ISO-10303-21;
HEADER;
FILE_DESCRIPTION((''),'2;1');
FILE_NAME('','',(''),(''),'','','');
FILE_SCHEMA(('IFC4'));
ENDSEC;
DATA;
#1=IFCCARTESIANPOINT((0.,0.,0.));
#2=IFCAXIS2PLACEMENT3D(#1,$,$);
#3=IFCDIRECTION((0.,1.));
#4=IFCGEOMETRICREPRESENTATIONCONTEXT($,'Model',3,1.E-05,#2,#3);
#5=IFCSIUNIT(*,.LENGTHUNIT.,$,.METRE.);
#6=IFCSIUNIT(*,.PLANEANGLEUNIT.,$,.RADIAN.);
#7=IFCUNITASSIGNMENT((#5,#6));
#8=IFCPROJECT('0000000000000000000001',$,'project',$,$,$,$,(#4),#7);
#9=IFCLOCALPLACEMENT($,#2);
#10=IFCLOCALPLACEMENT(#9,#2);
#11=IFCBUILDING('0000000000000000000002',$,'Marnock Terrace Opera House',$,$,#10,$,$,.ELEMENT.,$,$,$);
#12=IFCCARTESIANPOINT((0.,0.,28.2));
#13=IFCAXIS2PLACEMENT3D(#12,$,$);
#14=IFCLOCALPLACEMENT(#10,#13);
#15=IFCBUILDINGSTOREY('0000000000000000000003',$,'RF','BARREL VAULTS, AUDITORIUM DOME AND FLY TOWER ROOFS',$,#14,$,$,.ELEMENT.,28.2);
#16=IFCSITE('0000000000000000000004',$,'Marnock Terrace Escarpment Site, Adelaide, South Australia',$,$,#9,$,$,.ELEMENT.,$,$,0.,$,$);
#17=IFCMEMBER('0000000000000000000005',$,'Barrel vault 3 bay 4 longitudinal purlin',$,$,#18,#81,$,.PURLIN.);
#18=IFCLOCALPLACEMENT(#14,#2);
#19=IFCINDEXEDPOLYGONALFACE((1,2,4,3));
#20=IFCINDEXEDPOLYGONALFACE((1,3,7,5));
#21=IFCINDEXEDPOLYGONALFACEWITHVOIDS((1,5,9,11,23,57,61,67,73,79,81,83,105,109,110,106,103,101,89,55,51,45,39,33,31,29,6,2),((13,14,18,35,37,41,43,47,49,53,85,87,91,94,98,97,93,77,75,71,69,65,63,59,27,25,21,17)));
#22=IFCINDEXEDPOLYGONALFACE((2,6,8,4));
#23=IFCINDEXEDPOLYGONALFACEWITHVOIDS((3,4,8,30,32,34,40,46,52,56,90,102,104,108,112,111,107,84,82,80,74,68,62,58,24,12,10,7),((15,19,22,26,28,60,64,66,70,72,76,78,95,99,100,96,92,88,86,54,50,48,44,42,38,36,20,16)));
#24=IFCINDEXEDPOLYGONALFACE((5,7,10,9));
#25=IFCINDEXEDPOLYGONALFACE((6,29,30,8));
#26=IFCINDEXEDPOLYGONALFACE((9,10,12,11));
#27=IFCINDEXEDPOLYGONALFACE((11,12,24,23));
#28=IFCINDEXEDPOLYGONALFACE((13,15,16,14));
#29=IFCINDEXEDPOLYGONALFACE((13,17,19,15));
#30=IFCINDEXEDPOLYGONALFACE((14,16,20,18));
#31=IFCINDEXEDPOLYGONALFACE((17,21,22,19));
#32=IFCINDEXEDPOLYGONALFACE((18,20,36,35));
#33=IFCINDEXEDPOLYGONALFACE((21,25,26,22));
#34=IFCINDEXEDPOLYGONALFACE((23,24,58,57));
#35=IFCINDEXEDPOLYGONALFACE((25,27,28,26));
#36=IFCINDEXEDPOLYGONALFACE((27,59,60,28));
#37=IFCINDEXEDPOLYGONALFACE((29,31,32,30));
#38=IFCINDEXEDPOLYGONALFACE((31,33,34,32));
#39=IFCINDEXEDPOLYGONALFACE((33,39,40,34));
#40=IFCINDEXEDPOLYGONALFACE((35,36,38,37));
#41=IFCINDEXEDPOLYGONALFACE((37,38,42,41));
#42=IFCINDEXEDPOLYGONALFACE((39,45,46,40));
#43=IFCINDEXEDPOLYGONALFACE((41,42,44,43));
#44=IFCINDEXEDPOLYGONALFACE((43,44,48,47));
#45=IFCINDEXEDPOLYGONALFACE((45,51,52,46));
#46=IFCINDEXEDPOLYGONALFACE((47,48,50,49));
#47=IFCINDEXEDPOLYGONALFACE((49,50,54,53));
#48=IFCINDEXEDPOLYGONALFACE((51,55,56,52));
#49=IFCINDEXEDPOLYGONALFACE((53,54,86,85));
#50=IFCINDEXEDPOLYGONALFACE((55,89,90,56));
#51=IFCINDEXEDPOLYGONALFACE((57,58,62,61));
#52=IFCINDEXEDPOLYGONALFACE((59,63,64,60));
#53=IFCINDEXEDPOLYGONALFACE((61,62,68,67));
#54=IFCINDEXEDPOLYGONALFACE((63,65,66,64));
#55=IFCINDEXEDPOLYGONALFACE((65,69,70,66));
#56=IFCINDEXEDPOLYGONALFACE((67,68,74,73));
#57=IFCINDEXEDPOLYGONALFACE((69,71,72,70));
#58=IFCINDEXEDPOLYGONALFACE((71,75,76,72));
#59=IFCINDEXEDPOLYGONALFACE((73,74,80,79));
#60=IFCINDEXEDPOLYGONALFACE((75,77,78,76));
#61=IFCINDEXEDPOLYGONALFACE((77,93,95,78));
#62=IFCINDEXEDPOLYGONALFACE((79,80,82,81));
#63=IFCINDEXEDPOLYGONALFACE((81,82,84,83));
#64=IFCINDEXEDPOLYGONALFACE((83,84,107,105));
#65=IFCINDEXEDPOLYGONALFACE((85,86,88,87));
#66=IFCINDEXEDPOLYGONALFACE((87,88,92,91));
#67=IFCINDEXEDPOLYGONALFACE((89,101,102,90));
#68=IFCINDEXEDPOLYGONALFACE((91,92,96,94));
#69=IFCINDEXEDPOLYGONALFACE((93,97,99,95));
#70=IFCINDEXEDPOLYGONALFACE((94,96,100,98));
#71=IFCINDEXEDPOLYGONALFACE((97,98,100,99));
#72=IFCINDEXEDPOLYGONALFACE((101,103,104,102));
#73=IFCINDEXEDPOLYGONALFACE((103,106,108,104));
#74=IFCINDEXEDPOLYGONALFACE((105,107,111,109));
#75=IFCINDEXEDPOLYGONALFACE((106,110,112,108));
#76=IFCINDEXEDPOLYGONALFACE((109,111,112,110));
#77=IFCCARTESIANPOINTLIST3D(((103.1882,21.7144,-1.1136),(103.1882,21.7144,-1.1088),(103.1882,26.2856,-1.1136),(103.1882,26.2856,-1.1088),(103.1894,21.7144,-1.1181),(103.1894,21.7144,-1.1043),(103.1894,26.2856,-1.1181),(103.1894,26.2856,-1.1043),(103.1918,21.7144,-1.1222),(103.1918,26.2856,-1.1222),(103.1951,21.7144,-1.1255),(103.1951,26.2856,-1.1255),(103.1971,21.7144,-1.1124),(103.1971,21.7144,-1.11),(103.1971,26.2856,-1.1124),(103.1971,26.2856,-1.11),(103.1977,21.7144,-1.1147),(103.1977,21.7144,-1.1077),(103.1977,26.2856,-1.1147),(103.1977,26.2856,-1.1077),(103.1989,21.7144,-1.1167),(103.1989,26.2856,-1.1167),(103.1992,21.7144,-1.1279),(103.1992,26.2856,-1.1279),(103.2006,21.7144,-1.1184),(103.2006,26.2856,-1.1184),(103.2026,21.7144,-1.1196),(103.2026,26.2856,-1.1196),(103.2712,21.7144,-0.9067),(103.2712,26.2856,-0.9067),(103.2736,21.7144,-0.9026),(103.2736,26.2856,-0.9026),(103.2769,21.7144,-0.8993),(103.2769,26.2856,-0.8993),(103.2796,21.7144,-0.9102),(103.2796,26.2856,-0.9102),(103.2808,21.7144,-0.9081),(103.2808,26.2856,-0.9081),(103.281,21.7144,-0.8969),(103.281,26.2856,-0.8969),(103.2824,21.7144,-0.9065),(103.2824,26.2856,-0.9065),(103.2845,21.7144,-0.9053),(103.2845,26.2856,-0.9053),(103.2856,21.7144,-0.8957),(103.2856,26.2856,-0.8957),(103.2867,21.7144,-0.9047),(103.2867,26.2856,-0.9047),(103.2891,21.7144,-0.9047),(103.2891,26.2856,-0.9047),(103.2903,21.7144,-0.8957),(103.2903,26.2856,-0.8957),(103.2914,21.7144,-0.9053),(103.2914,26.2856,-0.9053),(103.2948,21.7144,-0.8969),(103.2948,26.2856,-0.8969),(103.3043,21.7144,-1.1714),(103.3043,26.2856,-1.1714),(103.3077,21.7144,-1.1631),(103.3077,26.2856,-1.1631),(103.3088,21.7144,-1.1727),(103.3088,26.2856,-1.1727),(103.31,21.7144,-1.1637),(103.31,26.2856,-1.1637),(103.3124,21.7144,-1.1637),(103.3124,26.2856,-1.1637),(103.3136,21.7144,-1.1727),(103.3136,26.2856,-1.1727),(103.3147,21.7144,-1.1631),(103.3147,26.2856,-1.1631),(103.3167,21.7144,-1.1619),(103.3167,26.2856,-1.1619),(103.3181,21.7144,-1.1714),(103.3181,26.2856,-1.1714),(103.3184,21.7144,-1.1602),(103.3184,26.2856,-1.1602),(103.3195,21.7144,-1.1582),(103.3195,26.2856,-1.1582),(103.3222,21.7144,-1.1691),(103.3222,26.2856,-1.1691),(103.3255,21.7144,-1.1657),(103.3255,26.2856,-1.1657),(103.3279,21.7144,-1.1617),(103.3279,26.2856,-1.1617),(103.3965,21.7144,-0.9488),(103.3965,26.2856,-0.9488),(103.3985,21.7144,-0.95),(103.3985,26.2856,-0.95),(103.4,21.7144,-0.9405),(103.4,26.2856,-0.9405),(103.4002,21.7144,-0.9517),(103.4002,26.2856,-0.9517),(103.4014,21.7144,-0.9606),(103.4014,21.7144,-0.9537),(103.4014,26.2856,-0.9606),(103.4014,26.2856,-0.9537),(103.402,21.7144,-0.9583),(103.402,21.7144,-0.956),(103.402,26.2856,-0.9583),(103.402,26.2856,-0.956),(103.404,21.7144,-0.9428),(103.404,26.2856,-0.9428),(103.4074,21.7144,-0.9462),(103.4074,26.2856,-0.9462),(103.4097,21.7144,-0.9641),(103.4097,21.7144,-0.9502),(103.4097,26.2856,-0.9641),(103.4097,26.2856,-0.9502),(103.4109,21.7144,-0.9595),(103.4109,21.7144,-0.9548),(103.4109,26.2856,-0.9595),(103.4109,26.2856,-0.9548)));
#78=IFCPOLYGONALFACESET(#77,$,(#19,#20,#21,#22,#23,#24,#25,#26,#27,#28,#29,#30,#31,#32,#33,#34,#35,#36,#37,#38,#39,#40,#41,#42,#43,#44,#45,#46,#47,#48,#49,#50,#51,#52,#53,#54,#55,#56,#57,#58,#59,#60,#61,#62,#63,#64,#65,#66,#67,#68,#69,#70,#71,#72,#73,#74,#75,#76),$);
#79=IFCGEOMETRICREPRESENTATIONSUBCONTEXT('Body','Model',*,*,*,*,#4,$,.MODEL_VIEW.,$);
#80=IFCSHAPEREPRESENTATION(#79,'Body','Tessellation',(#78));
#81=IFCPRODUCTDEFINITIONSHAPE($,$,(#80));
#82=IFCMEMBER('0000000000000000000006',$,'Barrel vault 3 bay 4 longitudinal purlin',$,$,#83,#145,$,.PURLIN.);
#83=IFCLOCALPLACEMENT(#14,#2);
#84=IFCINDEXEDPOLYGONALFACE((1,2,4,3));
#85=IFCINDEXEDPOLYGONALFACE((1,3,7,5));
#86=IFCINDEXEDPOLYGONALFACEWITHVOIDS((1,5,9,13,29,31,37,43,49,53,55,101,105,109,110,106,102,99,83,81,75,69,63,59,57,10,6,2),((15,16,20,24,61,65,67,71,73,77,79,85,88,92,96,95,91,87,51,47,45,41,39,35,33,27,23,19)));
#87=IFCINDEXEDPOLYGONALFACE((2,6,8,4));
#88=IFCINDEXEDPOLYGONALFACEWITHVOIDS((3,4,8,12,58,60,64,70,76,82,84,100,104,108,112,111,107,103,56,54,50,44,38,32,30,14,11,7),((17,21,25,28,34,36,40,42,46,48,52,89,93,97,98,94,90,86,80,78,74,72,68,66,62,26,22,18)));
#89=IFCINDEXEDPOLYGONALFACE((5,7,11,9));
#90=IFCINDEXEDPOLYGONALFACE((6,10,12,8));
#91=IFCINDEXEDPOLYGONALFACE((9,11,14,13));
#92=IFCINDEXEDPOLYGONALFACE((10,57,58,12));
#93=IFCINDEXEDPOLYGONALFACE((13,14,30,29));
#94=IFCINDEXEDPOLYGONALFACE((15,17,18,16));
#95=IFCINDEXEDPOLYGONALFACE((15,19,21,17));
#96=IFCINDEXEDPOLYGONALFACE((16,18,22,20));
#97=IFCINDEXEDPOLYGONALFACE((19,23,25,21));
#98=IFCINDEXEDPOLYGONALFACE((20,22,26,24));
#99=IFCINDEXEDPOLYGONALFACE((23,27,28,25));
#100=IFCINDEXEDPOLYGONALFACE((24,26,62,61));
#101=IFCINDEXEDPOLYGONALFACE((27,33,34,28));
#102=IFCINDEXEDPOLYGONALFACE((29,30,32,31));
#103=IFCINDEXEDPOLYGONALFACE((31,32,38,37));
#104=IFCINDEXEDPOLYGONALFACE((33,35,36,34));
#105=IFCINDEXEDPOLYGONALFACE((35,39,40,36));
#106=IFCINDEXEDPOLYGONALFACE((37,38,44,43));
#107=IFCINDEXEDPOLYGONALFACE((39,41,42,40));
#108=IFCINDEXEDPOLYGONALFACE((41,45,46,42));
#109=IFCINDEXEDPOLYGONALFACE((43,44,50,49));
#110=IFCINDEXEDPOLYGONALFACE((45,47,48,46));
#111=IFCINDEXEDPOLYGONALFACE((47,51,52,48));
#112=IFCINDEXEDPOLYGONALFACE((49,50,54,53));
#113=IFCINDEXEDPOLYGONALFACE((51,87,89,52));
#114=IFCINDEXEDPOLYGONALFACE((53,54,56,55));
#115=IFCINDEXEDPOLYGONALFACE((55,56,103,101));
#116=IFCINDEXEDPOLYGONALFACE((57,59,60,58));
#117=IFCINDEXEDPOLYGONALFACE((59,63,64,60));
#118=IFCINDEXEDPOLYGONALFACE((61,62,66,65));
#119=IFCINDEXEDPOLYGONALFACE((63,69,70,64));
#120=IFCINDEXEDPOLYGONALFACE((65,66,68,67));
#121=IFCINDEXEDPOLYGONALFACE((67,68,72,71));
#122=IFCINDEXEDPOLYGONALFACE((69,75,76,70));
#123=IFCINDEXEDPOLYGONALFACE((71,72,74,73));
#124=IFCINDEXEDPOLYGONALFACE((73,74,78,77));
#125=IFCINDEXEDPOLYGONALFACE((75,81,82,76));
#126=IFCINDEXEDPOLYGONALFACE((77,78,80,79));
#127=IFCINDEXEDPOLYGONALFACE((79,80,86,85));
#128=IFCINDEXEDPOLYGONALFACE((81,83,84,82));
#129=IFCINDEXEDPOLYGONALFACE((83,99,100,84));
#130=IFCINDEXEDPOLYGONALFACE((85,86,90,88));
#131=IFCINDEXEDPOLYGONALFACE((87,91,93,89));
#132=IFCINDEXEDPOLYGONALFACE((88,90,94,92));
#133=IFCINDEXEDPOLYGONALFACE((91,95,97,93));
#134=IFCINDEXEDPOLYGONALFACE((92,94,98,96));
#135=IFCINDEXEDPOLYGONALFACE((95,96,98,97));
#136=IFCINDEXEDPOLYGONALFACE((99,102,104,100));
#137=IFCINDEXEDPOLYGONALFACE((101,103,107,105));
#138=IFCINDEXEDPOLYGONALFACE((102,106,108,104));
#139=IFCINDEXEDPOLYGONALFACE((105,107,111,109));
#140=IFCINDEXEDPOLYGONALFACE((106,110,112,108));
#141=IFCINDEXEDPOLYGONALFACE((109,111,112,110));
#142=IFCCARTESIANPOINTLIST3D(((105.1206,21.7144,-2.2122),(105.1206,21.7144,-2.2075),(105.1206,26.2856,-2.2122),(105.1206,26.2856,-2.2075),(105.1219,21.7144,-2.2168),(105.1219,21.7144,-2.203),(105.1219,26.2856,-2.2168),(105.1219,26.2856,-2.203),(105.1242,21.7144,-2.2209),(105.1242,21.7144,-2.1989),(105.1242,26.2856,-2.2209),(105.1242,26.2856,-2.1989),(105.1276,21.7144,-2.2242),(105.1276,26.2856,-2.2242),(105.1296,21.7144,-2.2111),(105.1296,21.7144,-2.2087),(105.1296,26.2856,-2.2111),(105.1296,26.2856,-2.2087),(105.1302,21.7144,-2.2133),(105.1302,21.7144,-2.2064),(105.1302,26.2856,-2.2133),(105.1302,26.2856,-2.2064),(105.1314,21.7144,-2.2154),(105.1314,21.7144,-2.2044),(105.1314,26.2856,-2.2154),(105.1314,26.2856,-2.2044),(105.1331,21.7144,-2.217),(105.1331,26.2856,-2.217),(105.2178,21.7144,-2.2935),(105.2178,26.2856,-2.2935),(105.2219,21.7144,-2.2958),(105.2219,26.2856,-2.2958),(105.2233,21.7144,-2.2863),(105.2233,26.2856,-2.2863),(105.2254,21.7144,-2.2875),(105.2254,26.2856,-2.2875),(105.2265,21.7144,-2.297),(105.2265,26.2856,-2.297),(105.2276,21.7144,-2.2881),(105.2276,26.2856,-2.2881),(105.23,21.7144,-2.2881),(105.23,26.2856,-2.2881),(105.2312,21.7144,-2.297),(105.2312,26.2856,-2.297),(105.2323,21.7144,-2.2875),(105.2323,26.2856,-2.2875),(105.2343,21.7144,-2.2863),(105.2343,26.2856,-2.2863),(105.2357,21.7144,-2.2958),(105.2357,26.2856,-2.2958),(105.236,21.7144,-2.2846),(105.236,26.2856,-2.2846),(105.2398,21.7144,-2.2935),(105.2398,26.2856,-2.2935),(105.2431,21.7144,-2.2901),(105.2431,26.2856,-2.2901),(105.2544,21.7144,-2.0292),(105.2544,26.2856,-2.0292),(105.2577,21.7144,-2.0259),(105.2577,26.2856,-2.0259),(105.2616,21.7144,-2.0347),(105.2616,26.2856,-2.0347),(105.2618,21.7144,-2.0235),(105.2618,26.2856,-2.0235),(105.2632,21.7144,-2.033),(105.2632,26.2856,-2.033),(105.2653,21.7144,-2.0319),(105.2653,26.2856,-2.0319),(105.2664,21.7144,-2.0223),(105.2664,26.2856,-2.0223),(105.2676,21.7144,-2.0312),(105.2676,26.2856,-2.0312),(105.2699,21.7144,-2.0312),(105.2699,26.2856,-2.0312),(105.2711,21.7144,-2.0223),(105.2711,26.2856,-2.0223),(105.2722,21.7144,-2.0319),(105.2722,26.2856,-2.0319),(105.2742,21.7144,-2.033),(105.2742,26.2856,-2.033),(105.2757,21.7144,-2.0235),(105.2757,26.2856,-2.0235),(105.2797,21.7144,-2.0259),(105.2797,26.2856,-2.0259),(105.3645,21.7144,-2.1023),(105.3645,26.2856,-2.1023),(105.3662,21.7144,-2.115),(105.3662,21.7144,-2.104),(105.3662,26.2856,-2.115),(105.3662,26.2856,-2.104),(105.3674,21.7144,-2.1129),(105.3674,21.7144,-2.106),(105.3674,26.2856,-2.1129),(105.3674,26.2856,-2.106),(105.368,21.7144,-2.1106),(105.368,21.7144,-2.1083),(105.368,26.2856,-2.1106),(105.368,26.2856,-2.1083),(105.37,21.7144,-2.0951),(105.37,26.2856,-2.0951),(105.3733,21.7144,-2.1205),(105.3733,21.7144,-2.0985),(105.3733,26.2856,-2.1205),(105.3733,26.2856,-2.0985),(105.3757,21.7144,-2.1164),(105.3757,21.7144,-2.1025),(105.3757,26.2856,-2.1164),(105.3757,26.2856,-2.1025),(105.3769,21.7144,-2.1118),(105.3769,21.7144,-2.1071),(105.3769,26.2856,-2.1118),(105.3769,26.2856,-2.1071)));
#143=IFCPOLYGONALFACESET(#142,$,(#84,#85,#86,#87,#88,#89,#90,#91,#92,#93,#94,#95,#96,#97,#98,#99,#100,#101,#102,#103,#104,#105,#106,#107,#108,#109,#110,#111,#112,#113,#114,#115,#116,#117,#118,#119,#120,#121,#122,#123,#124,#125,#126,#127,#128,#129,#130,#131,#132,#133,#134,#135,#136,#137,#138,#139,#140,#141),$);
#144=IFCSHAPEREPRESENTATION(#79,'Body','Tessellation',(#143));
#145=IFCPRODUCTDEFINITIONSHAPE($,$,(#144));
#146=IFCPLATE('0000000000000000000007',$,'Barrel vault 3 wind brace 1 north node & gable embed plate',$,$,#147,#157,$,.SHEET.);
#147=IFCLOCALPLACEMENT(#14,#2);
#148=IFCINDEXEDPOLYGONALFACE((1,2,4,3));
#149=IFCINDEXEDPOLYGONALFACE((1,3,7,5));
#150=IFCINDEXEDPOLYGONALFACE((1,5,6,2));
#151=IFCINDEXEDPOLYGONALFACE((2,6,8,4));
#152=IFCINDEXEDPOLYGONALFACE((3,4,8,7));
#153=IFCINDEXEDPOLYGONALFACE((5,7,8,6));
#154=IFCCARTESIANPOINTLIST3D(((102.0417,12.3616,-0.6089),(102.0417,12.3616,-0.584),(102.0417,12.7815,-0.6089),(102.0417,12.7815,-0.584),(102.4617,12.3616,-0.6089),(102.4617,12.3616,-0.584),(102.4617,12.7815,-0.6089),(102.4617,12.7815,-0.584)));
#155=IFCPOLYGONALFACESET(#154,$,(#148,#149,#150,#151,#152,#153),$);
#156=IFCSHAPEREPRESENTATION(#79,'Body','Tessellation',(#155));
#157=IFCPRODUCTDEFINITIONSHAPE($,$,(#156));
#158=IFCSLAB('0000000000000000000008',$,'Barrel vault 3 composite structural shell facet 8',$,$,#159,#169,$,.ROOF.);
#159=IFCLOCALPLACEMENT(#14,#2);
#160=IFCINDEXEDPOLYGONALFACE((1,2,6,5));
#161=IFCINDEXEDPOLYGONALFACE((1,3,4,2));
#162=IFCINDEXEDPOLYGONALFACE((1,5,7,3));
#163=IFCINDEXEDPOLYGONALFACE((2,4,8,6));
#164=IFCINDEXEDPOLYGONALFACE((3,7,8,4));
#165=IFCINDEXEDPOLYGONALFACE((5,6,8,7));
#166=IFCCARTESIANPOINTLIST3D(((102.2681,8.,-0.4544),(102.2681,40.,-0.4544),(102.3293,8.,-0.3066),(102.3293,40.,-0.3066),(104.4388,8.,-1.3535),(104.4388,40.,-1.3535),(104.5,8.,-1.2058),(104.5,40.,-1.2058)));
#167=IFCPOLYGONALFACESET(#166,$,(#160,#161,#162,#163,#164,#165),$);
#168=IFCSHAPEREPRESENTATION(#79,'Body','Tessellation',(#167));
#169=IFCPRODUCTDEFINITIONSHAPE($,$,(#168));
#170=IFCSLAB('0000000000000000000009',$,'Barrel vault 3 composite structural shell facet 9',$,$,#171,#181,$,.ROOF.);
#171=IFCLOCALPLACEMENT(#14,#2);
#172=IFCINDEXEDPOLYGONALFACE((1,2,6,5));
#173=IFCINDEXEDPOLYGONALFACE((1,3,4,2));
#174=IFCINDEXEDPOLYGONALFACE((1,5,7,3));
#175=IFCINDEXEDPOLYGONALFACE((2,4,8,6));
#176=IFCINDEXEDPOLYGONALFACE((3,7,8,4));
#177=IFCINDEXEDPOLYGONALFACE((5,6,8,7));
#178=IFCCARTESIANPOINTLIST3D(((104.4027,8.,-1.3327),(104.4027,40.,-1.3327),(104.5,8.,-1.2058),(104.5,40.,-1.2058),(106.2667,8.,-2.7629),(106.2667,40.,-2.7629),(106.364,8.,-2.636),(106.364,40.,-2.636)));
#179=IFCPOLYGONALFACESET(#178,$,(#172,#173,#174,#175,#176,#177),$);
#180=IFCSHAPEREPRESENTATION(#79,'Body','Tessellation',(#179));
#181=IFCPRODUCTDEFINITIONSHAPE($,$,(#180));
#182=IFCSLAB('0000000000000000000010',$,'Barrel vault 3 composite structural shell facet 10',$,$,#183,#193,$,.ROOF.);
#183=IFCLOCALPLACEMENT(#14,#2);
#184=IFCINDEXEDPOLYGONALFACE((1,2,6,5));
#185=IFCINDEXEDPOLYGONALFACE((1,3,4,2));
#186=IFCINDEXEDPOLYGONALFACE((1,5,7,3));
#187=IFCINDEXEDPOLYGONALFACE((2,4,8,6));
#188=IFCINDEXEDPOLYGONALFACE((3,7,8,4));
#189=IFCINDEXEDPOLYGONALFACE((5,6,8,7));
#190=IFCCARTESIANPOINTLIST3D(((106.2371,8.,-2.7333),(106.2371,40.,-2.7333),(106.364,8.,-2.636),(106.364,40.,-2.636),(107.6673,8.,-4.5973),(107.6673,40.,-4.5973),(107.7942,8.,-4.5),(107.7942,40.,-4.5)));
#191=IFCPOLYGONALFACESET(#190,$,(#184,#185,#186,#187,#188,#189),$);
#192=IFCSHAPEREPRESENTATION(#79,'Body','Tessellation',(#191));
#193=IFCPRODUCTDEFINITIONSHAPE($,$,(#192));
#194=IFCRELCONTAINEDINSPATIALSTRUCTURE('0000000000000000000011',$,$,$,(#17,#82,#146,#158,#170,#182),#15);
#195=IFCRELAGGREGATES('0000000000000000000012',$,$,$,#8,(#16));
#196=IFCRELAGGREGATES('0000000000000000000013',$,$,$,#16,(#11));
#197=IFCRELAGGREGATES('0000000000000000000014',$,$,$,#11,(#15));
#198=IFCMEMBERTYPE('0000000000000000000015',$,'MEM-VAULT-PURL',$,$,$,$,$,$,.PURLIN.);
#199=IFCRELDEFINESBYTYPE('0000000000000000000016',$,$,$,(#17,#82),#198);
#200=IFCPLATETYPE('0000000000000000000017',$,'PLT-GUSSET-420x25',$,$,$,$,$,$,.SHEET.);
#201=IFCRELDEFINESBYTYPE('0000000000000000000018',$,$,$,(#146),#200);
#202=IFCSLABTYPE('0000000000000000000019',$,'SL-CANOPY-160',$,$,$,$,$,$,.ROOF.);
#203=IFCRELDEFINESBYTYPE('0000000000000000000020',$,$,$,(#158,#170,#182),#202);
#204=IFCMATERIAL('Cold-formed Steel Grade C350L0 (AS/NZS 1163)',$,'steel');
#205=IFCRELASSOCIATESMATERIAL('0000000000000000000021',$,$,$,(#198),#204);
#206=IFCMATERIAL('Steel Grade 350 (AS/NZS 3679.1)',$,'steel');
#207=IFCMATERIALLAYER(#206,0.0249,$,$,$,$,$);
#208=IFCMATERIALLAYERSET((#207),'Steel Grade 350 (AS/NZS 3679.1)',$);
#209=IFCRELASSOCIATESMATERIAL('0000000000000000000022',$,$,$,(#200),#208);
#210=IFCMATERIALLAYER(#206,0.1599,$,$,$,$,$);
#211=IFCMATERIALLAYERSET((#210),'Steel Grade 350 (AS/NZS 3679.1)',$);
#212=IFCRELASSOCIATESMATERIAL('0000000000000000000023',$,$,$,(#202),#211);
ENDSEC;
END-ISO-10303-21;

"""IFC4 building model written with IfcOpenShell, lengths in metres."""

from ifc_helpers import new_model, si_unit, direction, frame, origin, origin_2d, place, context, subcontext, project, spatial, polyline, rectangle, hollow_rectangle, outline, extrude, material, layer, layer_set, material_profile, profile_set, type_object, element, save


model = new_model("IFC4")

# Units and contexts
model_context = context("Model", 3, precision=1e-05, world=origin(), true_north=direction((0.0, 1.0)))
body_context = subcontext(model_context, "Body", "Model", "MODEL_VIEW")
ifc_project = project(units=[si_unit("LENGTHUNIT", "METRE"), si_unit("PLANEANGLEUNIT", "RADIAN")], contexts=[model_context])

# Site, building, storey
site_placement = place(None, origin())
site = spatial("IfcSite", under=ifc_project, at=site_placement, Name="Marnock Terrace Escarpment Site, Adelaide, South Australia", CompositionType="ELEMENT", RefElevation=0.0)
building_placement = place(site_placement, origin())
building = spatial("IfcBuilding", under=site, at=building_placement, Name="Marnock Terrace Opera House", CompositionType="ELEMENT")
storey_placement = place(building_placement, frame((0.0, 0.0, 28.2)))
storey = spatial("IfcBuildingStorey", under=building, at=storey_placement, Name="RF", Description="BARREL VAULTS, AUDITORIUM DOME AND FLY TOWER ROOFS", CompositionType="ELEMENT", Elevation=28.2)

# Members
ifc_material_1 = material(Name="Cold-formed Steel Grade C350L0 (AS/NZS 1163)", Category="steel")
ifc_material_profile_1 = material_profile(ifc_material_1, hollow_rectangle(XDim=0.1499, YDim=0.25, WallThickness=0.009, InnerFilletRadius=0.009, OuterFilletRadius=0.0181, at=origin_2d()))
ifc_profile_set_1 = profile_set([ifc_material_profile_1], Name="Cold-formed Steel Grade C350L0 (AS/NZS 1163)")
member_type_1 = type_object("IfcMemberType", Name="MEM-VAULT-PURL", PredefinedType="PURLIN", material=ifc_profile_set_1)
for number, where, z_axis, x_axis, name in (
    (1, (103.2996, 21.7144, -1.0342), (0.0, 1.0, 0.0), (-0.92388, 0.0, 0.382683), "Barrel vault 3 bay 4 longitudinal purlin"),
    (2, (105.2488, 21.7144, -2.1597), (0.0, 1.0, 0.0), (-0.793353, 0.0, 0.608761), "Barrel vault 3 bay 4 longitudinal purlin"),
):
    element("IfcMember", number, at=place(storey_placement, frame(where, z_axis=z_axis, x_axis=x_axis)), inside=storey, type_object=member_type_1, Name=name, PredefinedType="PURLIN", context=body_context, shape_type="SweptSolid", body=[
        extrude(hollow_rectangle(XDim=0.1499, YDim=0.25, WallThickness=0.009, InnerFilletRadius=0.009, OuterFilletRadius=0.0181, at=origin_2d()), origin(), (0.0, 0.0, 1.0), 4.5713),
    ])

# Plate
ifc_material_2 = material(Name="Steel Grade 350 (AS/NZS 3679.1)", Category="steel")
ifc_layer_1 = layer(ifc_material_2, 0.0249)
ifc_layer_set_1 = layer_set([ifc_layer_1], Name="Steel Grade 350 (AS/NZS 3679.1)")
plate_type = type_object("IfcPlateType", Name="PLT-GUSSET-420x25", PredefinedType="SHEET", material=ifc_layer_set_1)
plate_placement = place(storey_placement, frame((102.2517, 12.5715, -0.6089), z_axis=(0.0, 0.0, 1.0), x_axis=(1.0, 0.0, 0.0)))
element("IfcPlate", 3, at=plate_placement, inside=storey, type_object=plate_type, Name="Barrel vault 3 wind brace 1 north node & gable embed plate", PredefinedType="SHEET", context=body_context, shape_type="SweptSolid", body=[
    extrude(rectangle(XDim=0.4199, YDim=0.4199, at=origin_2d()), origin(), (0.0, 0.0, 1.0), 0.0249),
])

# Slabs
ifc_layer_2 = layer(ifc_material_2, 0.1599)
ifc_layer_set_2 = layer_set([ifc_layer_2], Name="Steel Grade 350 (AS/NZS 3679.1)")
slab_type = type_object("IfcSlabType", Name="SL-CANOPY-160", PredefinedType="ROOF", material=ifc_layer_set_2)
slab_1_placement = place(storey_placement, frame((102.3293, 8.0, -0.3066), z_axis=(0.382704, 0.0, 0.923871), x_axis=(0.923871, 0.0, -0.382704)))
element("IfcSlab", 4, at=slab_1_placement, inside=storey, type_object=slab_type, Name="Barrel vault 3 composite structural shell facet 8", PredefinedType="ROOF", context=body_context, shape_type="SweptSolid", body=[
    extrude(outline(polyline([(0.0, 0.0), (2.3495, 0.0), (2.3495, 32.0), (0.0, 32.0), (0.0, 0.0)])), origin(), (0.0, 0.0, -1.0), 0.1599),
])
for number, where, z_axis, x_axis, name in (
    (5, (104.5, 8.0, -1.2058), (0.608726, 0.0, 0.793381), (0.793381, 0.0, -0.608726), "Barrel vault 3 composite structural shell facet 9"),
    (6, (106.364, 8.0, -2.636), (0.793381, 0.0, 0.608726), (0.608726, 0.0, -0.793381), "Barrel vault 3 composite structural shell facet 10"),
):
    element("IfcSlab", number, at=place(storey_placement, frame(where, z_axis=z_axis, x_axis=x_axis)), inside=storey, type_object=slab_type, Name=name, PredefinedType="ROOF", context=body_context, shape_type="SweptSolid", body=[
        extrude(outline(polyline([(0.0, 0.0), (2.3495, 0.0), (2.3495, 32.0), (0.0, 32.0), (0.0, 0.0)])), origin(), (0.0, 0.0, -1.0), 0.1599),
    ])

save(model, "model.ifc")
